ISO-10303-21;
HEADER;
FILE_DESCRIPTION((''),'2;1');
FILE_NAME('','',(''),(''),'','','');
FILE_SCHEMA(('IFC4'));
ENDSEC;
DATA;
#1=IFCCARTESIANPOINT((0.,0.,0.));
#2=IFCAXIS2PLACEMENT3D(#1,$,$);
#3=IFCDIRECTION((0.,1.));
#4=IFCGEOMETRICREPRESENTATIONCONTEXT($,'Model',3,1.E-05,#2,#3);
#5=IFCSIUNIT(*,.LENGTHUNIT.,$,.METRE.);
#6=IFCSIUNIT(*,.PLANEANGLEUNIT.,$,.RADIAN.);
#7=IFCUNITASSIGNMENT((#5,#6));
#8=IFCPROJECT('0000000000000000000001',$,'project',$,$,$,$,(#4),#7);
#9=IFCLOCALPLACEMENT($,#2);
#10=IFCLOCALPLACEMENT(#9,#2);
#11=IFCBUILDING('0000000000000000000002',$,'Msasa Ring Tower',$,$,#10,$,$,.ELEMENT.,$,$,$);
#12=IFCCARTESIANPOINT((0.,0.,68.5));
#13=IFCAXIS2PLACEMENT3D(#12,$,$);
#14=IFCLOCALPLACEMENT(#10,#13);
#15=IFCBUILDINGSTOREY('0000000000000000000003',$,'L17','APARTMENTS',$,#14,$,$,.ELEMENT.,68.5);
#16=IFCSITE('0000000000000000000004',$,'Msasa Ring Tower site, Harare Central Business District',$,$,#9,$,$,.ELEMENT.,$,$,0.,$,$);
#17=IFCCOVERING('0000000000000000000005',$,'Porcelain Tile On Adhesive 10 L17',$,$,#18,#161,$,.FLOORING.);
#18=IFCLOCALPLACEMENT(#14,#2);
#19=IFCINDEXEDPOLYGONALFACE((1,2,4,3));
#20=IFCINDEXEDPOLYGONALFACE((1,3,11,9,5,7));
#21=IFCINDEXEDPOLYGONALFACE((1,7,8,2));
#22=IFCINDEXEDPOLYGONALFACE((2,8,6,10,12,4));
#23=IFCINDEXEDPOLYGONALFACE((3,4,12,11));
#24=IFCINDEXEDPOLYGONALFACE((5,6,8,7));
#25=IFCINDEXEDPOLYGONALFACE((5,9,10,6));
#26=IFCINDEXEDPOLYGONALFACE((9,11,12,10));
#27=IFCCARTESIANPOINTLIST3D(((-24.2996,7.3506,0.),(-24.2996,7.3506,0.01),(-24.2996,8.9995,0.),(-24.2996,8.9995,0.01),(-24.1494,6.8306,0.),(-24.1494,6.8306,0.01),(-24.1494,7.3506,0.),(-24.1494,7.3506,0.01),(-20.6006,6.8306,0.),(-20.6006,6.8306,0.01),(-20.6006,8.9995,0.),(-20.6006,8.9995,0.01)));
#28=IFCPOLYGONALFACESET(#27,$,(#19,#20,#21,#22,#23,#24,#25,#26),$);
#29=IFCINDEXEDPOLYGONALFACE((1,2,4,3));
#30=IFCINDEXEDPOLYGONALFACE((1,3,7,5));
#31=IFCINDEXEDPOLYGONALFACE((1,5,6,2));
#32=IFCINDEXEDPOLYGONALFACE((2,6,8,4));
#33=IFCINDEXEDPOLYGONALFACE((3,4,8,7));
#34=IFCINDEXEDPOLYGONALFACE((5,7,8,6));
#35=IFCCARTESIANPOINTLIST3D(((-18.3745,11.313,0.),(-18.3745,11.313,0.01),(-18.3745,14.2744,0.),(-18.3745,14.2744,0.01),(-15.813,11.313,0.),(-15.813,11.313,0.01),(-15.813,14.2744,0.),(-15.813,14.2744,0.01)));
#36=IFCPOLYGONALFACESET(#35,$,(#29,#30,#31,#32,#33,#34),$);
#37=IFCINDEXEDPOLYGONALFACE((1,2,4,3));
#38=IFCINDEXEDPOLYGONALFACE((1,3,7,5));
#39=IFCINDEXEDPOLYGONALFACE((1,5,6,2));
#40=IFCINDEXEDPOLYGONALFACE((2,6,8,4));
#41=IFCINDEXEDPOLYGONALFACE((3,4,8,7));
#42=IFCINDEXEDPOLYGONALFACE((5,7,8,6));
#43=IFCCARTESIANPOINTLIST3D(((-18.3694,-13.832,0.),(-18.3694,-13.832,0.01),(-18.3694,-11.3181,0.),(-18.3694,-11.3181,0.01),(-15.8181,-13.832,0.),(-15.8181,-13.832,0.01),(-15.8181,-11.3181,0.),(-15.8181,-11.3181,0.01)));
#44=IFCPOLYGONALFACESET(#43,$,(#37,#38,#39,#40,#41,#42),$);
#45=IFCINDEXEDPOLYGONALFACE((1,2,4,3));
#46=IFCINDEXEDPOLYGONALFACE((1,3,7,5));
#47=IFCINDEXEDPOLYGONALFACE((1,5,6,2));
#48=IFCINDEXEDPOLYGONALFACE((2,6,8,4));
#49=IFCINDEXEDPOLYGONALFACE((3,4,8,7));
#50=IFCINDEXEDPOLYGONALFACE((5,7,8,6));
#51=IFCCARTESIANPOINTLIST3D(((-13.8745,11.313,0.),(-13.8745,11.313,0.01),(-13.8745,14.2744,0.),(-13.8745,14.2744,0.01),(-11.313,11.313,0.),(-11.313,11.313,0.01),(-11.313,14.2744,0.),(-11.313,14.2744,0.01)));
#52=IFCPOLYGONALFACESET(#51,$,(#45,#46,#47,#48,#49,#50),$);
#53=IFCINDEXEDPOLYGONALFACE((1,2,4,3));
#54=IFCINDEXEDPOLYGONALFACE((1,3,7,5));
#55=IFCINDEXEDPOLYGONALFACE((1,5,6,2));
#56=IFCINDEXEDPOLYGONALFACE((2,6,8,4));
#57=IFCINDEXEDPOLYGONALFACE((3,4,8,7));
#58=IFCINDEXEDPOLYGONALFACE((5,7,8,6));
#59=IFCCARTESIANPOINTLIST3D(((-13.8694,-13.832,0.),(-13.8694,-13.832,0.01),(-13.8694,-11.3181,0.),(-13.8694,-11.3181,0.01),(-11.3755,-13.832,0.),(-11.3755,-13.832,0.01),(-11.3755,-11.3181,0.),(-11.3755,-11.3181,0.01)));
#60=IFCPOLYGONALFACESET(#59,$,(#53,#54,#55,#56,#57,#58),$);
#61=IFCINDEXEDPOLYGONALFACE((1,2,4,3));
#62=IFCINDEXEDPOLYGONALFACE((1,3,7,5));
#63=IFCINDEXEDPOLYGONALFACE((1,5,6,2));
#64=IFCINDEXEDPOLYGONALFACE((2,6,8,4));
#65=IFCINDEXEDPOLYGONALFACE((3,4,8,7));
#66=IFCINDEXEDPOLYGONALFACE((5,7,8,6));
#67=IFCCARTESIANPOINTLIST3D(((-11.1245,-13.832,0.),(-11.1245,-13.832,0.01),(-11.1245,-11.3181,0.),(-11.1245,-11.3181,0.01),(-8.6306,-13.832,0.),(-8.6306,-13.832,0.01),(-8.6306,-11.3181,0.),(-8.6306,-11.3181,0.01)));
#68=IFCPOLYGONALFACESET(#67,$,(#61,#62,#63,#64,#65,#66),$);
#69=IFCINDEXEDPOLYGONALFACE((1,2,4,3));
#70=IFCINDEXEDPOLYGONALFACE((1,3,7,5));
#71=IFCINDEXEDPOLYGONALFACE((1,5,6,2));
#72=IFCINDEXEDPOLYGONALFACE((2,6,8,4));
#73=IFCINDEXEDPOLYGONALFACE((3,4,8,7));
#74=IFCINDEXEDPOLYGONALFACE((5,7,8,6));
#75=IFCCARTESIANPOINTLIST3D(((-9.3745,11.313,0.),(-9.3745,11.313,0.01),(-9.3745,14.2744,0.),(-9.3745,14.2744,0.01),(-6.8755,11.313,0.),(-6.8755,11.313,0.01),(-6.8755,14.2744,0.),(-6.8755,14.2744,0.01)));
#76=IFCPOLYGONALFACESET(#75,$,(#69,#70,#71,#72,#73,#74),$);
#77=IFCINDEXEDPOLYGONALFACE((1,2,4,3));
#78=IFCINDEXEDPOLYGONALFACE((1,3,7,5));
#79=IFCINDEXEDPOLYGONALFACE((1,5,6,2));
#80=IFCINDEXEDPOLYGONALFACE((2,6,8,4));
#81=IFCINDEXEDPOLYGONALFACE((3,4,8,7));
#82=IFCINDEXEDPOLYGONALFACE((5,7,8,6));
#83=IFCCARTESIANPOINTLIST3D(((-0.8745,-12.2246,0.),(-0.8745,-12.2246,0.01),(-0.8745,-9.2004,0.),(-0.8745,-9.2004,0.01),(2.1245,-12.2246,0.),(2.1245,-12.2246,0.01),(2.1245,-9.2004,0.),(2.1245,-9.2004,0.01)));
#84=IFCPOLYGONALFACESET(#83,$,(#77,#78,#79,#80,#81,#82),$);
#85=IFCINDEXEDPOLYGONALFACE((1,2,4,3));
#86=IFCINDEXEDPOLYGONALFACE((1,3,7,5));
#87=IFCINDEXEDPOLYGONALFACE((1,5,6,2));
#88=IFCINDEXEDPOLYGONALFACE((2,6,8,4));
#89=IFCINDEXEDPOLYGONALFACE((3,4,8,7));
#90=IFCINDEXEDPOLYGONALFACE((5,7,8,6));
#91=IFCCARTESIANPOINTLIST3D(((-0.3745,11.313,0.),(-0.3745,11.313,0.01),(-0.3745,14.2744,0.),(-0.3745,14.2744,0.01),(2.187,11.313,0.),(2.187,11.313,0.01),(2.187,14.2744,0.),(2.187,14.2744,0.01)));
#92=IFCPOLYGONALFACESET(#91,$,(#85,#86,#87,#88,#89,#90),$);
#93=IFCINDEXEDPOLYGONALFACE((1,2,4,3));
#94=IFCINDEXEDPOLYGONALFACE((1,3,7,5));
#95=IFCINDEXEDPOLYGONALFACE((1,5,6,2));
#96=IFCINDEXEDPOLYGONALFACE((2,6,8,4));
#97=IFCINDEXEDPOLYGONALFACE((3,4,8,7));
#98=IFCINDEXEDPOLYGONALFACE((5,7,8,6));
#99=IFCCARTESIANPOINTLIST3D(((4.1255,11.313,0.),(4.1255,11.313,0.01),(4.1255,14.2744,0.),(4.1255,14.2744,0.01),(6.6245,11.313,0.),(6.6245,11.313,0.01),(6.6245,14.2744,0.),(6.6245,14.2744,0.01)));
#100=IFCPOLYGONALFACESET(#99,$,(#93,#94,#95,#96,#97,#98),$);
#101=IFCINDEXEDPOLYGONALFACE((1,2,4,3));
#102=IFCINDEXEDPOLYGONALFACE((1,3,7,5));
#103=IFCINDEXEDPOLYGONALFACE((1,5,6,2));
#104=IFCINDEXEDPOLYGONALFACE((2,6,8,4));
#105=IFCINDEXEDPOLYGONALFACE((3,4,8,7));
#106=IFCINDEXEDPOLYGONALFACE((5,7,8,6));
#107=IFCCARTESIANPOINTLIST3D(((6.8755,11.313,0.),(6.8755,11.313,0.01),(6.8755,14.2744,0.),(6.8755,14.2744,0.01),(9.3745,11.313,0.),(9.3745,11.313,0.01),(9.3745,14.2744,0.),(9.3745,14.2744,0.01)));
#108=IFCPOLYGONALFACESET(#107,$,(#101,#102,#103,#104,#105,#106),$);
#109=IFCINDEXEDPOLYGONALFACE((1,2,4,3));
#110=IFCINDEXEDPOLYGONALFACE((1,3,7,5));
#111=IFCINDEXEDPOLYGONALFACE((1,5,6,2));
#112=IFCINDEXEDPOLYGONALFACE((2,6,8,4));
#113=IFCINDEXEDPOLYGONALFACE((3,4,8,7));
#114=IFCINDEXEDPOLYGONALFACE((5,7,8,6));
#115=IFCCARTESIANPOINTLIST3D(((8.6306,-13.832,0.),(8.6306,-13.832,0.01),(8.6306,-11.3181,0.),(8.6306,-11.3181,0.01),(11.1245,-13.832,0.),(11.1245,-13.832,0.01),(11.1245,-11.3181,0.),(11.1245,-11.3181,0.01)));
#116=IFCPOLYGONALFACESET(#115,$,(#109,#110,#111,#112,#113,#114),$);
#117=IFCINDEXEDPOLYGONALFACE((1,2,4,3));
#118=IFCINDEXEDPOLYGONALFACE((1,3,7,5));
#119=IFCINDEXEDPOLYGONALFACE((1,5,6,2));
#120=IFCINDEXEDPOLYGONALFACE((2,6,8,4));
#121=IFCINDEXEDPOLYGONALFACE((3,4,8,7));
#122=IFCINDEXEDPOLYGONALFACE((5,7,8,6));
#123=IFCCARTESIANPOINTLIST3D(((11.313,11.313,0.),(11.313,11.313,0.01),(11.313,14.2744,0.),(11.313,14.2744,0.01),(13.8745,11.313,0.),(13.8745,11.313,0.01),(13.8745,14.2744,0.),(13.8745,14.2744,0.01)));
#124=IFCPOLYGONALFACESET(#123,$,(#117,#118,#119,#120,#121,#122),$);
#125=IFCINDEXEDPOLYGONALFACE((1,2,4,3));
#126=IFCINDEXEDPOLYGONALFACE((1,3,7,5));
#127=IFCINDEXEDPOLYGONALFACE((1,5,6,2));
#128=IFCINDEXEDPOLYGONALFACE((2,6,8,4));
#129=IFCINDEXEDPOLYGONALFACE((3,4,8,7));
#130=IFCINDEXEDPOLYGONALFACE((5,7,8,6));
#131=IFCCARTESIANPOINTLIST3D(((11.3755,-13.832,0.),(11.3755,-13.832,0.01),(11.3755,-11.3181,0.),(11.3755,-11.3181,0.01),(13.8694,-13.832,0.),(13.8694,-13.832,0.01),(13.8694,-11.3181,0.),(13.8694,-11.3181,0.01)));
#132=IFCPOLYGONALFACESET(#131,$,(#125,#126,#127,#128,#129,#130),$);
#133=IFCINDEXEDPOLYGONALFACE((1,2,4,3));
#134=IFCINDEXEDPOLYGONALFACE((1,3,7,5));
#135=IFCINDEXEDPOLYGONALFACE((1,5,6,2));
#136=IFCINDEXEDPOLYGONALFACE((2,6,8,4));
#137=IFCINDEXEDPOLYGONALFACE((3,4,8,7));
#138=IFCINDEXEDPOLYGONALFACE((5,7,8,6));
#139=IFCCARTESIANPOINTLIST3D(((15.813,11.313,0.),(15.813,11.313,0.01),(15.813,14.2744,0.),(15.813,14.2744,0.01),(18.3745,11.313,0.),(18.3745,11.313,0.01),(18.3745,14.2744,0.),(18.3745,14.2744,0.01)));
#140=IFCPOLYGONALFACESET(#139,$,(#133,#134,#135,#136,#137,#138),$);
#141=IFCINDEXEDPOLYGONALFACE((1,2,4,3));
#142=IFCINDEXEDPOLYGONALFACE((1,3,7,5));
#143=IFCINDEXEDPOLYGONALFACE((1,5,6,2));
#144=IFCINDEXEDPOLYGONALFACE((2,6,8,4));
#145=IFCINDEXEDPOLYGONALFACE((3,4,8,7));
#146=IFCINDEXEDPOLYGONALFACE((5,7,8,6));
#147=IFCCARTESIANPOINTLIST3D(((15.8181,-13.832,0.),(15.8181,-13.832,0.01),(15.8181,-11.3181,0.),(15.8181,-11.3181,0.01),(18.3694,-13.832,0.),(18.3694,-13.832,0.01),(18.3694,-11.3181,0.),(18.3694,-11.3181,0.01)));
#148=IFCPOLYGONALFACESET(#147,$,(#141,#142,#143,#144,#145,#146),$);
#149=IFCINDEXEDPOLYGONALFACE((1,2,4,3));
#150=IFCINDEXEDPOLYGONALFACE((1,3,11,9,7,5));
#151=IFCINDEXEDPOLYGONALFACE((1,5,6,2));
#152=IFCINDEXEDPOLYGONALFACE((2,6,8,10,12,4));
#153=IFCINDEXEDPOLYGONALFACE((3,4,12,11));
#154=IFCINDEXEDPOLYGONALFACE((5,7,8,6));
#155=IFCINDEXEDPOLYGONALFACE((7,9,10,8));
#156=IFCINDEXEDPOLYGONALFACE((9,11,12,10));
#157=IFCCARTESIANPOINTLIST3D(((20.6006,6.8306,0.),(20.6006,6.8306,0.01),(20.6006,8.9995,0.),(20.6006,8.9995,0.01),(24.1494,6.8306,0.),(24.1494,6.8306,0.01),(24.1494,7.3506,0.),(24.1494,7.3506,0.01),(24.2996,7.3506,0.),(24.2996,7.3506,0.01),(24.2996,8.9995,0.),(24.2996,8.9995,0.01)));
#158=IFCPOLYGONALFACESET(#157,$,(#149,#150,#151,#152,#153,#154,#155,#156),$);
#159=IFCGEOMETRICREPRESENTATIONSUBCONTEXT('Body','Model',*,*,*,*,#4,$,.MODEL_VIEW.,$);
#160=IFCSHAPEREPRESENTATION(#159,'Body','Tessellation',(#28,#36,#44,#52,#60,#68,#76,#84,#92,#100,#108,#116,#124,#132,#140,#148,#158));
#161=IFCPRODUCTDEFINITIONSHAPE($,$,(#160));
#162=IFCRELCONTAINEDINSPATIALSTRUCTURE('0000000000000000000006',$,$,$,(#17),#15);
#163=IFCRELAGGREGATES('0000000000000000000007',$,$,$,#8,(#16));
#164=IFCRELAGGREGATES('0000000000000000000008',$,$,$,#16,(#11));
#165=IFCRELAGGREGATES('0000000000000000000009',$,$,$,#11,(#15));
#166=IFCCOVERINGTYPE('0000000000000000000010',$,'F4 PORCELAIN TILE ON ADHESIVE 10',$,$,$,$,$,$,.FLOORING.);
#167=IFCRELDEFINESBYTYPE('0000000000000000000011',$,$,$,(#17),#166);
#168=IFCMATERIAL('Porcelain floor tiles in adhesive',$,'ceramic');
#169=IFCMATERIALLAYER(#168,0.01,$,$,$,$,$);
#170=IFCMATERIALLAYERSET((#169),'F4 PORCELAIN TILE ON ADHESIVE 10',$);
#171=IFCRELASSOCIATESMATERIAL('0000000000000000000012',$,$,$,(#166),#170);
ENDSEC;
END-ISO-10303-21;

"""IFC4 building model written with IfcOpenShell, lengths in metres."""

from ifc_helpers import new_model, si_unit, direction, frame, origin, place, context, subcontext, project, spatial, line, indexed_curve, outline, extrude, material, layer, layer_set, type_object, element, save


model = new_model("IFC4")

# Units and contexts
model_context = context("Model", 3, precision=1e-05, world=origin(), true_north=direction((0.0, 1.0)))
body_context = subcontext(model_context, "Body", "Model", "MODEL_VIEW")
ifc_project = project(units=[si_unit("LENGTHUNIT", "METRE"), si_unit("PLANEANGLEUNIT", "RADIAN")], contexts=[model_context])

# Site, building, storey
site_placement = place(None, origin())
site = spatial("IfcSite", under=ifc_project, at=site_placement, Name="Msasa Ring Tower site, Harare Central Business District", CompositionType="ELEMENT", RefElevation=0.0)
building_placement = place(site_placement, origin())
building = spatial("IfcBuilding", under=site, at=building_placement, Name="Msasa Ring Tower", CompositionType="ELEMENT")
storey_placement = place(building_placement, frame((0.0, 0.0, 68.5)))
storey = spatial("IfcBuildingStorey", under=building, at=storey_placement, Name="L17", Description="APARTMENTS", CompositionType="ELEMENT", Elevation=68.5)

# Covering
ifc_material_1 = material(Name="Porcelain floor tiles in adhesive", Category="ceramic")
ifc_layer_1 = layer(ifc_material_1, 0.01)
ifc_layer_set_1 = layer_set([ifc_layer_1], Name="F4 PORCELAIN TILE ON ADHESIVE 10")
covering_type_1 = type_object("IfcCoveringType", Name="F4 PORCELAIN TILE ON ADHESIVE 10", PredefinedType="FLOORING", material=ifc_layer_set_1)
covering_1_placement = place(storey_placement, origin())
element("IfcCovering", 1, at=covering_1_placement, inside=storey, type_object=covering_type_1, Name="Porcelain Tile On Adhesive 10 L17", PredefinedType="FLOORING", context=body_context, shape_type="SweptSolid", body=[
    extrude(outline(indexed_curve([(-24.1494, 6.8306), (-24.1494, 7.3506), (-24.2996, 7.3506), (-24.2996, 8.9995), (-20.6006, 8.9995), (-20.6006, 6.8306)], segments=[line(1, 2, 3, 4, 5, 6, 1)], self_intersect=False)), origin(), (0.0, 0.0, 1.0), 0.01),
    extrude(outline(indexed_curve([(-18.3745, 11.313), (-18.3745, 14.2744), (-15.813, 14.2744), (-15.813, 11.313)], segments=[line(1, 2, 3, 4, 1)], self_intersect=False)), origin(), (0.0, 0.0, 1.0), 0.01),
    extrude(outline(indexed_curve([(-15.8181, -11.3181), (-15.8181, -13.832), (-18.3694, -13.832), (-18.3694, -11.3181)], segments=[line(1, 2, 3, 4, 1)], self_intersect=False)), origin(), (0.0, 0.0, 1.0), 0.01),
    extrude(outline(indexed_curve([(-13.8745, 11.313), (-13.8745, 14.2744), (-11.313, 14.2744), (-11.313, 11.313)], segments=[line(1, 2, 3, 4, 1)], self_intersect=False)), origin(), (0.0, 0.0, 1.0), 0.01),
    extrude(outline(indexed_curve([(-11.3755, -11.3181), (-11.3755, -13.832), (-13.8694, -13.832), (-13.8694, -11.3181)], segments=[line(1, 2, 3, 4, 1)], self_intersect=False)), origin(), (0.0, 0.0, 1.0), 0.01),
    extrude(outline(indexed_curve([(-8.6306, -11.3181), (-8.6306, -13.832), (-11.1245, -13.832), (-11.1245, -11.3181)], segments=[line(1, 2, 3, 4, 1)], self_intersect=False)), origin(), (0.0, 0.0, 1.0), 0.01),
    extrude(outline(indexed_curve([(-9.3745, 11.313), (-9.3745, 14.2744), (-6.8755, 14.2744), (-6.8755, 11.313)], segments=[line(1, 2, 3, 4, 1)], self_intersect=False)), origin(), (0.0, 0.0, 1.0), 0.01),
    extrude(outline(indexed_curve([(2.1245, -9.2004), (2.1245, -12.2246), (-0.8745, -12.2246), (-0.8745, -9.2004)], segments=[line(1, 2, 3, 4, 1)], self_intersect=False)), origin(), (0.0, 0.0, 1.0), 0.01),
    extrude(outline(indexed_curve([(-0.3745, 11.313), (-0.3745, 14.2744), (2.187, 14.2744), (2.187, 11.313)], segments=[line(1, 2, 3, 4, 1)], self_intersect=False)), origin(), (0.0, 0.0, 1.0), 0.01),
    extrude(outline(indexed_curve([(4.1255, 11.313), (4.1255, 14.2744), (6.6245, 14.2744), (6.6245, 11.313)], segments=[line(1, 2, 3, 4, 1)], self_intersect=False)), origin(), (0.0, 0.0, 1.0), 0.01),
    extrude(outline(indexed_curve([(6.8755, 11.313), (6.8755, 14.2744), (9.3745, 14.2744), (9.3745, 11.313)], segments=[line(1, 2, 3, 4, 1)], self_intersect=False)), origin(), (0.0, 0.0, 1.0), 0.01),
    extrude(outline(indexed_curve([(11.1245, -11.3181), (11.1245, -13.832), (8.6306, -13.832), (8.6306, -11.3181)], segments=[line(1, 2, 3, 4, 1)], self_intersect=False)), origin(), (0.0, 0.0, 1.0), 0.01),
    extrude(outline(indexed_curve([(11.313, 11.313), (11.313, 14.2744), (13.8745, 14.2744), (13.8745, 11.313)], segments=[line(1, 2, 3, 4, 1)], self_intersect=False)), origin(), (0.0, 0.0, 1.0), 0.01),
    extrude(outline(indexed_curve([(13.8694, -11.3181), (13.8694, -13.832), (11.3755, -13.832), (11.3755, -11.3181)], segments=[line(1, 2, 3, 4, 1)], self_intersect=False)), origin(), (0.0, 0.0, 1.0), 0.01),
    extrude(outline(indexed_curve([(15.813, 11.313), (15.813, 14.2744), (18.3745, 14.2744), (18.3745, 11.313)], segments=[line(1, 2, 3, 4, 1)], self_intersect=False)), origin(), (0.0, 0.0, 1.0), 0.01),
    extrude(outline(indexed_curve([(18.3694, -11.3181), (18.3694, -13.832), (15.8181, -13.832), (15.8181, -11.3181)], segments=[line(1, 2, 3, 4, 1)], self_intersect=False)), origin(), (0.0, 0.0, 1.0), 0.01),
    extrude(outline(indexed_curve([(20.6006, 8.9995), (24.2996, 8.9995), (24.2996, 7.3506), (24.1494, 7.3506), (24.1494, 6.8306), (20.6006, 6.8306)], segments=[line(1, 2, 3, 4, 5, 6, 1)], self_intersect=False)), origin(), (0.0, 0.0, 1.0), 0.01),
])

save(model, "model.ifc")
